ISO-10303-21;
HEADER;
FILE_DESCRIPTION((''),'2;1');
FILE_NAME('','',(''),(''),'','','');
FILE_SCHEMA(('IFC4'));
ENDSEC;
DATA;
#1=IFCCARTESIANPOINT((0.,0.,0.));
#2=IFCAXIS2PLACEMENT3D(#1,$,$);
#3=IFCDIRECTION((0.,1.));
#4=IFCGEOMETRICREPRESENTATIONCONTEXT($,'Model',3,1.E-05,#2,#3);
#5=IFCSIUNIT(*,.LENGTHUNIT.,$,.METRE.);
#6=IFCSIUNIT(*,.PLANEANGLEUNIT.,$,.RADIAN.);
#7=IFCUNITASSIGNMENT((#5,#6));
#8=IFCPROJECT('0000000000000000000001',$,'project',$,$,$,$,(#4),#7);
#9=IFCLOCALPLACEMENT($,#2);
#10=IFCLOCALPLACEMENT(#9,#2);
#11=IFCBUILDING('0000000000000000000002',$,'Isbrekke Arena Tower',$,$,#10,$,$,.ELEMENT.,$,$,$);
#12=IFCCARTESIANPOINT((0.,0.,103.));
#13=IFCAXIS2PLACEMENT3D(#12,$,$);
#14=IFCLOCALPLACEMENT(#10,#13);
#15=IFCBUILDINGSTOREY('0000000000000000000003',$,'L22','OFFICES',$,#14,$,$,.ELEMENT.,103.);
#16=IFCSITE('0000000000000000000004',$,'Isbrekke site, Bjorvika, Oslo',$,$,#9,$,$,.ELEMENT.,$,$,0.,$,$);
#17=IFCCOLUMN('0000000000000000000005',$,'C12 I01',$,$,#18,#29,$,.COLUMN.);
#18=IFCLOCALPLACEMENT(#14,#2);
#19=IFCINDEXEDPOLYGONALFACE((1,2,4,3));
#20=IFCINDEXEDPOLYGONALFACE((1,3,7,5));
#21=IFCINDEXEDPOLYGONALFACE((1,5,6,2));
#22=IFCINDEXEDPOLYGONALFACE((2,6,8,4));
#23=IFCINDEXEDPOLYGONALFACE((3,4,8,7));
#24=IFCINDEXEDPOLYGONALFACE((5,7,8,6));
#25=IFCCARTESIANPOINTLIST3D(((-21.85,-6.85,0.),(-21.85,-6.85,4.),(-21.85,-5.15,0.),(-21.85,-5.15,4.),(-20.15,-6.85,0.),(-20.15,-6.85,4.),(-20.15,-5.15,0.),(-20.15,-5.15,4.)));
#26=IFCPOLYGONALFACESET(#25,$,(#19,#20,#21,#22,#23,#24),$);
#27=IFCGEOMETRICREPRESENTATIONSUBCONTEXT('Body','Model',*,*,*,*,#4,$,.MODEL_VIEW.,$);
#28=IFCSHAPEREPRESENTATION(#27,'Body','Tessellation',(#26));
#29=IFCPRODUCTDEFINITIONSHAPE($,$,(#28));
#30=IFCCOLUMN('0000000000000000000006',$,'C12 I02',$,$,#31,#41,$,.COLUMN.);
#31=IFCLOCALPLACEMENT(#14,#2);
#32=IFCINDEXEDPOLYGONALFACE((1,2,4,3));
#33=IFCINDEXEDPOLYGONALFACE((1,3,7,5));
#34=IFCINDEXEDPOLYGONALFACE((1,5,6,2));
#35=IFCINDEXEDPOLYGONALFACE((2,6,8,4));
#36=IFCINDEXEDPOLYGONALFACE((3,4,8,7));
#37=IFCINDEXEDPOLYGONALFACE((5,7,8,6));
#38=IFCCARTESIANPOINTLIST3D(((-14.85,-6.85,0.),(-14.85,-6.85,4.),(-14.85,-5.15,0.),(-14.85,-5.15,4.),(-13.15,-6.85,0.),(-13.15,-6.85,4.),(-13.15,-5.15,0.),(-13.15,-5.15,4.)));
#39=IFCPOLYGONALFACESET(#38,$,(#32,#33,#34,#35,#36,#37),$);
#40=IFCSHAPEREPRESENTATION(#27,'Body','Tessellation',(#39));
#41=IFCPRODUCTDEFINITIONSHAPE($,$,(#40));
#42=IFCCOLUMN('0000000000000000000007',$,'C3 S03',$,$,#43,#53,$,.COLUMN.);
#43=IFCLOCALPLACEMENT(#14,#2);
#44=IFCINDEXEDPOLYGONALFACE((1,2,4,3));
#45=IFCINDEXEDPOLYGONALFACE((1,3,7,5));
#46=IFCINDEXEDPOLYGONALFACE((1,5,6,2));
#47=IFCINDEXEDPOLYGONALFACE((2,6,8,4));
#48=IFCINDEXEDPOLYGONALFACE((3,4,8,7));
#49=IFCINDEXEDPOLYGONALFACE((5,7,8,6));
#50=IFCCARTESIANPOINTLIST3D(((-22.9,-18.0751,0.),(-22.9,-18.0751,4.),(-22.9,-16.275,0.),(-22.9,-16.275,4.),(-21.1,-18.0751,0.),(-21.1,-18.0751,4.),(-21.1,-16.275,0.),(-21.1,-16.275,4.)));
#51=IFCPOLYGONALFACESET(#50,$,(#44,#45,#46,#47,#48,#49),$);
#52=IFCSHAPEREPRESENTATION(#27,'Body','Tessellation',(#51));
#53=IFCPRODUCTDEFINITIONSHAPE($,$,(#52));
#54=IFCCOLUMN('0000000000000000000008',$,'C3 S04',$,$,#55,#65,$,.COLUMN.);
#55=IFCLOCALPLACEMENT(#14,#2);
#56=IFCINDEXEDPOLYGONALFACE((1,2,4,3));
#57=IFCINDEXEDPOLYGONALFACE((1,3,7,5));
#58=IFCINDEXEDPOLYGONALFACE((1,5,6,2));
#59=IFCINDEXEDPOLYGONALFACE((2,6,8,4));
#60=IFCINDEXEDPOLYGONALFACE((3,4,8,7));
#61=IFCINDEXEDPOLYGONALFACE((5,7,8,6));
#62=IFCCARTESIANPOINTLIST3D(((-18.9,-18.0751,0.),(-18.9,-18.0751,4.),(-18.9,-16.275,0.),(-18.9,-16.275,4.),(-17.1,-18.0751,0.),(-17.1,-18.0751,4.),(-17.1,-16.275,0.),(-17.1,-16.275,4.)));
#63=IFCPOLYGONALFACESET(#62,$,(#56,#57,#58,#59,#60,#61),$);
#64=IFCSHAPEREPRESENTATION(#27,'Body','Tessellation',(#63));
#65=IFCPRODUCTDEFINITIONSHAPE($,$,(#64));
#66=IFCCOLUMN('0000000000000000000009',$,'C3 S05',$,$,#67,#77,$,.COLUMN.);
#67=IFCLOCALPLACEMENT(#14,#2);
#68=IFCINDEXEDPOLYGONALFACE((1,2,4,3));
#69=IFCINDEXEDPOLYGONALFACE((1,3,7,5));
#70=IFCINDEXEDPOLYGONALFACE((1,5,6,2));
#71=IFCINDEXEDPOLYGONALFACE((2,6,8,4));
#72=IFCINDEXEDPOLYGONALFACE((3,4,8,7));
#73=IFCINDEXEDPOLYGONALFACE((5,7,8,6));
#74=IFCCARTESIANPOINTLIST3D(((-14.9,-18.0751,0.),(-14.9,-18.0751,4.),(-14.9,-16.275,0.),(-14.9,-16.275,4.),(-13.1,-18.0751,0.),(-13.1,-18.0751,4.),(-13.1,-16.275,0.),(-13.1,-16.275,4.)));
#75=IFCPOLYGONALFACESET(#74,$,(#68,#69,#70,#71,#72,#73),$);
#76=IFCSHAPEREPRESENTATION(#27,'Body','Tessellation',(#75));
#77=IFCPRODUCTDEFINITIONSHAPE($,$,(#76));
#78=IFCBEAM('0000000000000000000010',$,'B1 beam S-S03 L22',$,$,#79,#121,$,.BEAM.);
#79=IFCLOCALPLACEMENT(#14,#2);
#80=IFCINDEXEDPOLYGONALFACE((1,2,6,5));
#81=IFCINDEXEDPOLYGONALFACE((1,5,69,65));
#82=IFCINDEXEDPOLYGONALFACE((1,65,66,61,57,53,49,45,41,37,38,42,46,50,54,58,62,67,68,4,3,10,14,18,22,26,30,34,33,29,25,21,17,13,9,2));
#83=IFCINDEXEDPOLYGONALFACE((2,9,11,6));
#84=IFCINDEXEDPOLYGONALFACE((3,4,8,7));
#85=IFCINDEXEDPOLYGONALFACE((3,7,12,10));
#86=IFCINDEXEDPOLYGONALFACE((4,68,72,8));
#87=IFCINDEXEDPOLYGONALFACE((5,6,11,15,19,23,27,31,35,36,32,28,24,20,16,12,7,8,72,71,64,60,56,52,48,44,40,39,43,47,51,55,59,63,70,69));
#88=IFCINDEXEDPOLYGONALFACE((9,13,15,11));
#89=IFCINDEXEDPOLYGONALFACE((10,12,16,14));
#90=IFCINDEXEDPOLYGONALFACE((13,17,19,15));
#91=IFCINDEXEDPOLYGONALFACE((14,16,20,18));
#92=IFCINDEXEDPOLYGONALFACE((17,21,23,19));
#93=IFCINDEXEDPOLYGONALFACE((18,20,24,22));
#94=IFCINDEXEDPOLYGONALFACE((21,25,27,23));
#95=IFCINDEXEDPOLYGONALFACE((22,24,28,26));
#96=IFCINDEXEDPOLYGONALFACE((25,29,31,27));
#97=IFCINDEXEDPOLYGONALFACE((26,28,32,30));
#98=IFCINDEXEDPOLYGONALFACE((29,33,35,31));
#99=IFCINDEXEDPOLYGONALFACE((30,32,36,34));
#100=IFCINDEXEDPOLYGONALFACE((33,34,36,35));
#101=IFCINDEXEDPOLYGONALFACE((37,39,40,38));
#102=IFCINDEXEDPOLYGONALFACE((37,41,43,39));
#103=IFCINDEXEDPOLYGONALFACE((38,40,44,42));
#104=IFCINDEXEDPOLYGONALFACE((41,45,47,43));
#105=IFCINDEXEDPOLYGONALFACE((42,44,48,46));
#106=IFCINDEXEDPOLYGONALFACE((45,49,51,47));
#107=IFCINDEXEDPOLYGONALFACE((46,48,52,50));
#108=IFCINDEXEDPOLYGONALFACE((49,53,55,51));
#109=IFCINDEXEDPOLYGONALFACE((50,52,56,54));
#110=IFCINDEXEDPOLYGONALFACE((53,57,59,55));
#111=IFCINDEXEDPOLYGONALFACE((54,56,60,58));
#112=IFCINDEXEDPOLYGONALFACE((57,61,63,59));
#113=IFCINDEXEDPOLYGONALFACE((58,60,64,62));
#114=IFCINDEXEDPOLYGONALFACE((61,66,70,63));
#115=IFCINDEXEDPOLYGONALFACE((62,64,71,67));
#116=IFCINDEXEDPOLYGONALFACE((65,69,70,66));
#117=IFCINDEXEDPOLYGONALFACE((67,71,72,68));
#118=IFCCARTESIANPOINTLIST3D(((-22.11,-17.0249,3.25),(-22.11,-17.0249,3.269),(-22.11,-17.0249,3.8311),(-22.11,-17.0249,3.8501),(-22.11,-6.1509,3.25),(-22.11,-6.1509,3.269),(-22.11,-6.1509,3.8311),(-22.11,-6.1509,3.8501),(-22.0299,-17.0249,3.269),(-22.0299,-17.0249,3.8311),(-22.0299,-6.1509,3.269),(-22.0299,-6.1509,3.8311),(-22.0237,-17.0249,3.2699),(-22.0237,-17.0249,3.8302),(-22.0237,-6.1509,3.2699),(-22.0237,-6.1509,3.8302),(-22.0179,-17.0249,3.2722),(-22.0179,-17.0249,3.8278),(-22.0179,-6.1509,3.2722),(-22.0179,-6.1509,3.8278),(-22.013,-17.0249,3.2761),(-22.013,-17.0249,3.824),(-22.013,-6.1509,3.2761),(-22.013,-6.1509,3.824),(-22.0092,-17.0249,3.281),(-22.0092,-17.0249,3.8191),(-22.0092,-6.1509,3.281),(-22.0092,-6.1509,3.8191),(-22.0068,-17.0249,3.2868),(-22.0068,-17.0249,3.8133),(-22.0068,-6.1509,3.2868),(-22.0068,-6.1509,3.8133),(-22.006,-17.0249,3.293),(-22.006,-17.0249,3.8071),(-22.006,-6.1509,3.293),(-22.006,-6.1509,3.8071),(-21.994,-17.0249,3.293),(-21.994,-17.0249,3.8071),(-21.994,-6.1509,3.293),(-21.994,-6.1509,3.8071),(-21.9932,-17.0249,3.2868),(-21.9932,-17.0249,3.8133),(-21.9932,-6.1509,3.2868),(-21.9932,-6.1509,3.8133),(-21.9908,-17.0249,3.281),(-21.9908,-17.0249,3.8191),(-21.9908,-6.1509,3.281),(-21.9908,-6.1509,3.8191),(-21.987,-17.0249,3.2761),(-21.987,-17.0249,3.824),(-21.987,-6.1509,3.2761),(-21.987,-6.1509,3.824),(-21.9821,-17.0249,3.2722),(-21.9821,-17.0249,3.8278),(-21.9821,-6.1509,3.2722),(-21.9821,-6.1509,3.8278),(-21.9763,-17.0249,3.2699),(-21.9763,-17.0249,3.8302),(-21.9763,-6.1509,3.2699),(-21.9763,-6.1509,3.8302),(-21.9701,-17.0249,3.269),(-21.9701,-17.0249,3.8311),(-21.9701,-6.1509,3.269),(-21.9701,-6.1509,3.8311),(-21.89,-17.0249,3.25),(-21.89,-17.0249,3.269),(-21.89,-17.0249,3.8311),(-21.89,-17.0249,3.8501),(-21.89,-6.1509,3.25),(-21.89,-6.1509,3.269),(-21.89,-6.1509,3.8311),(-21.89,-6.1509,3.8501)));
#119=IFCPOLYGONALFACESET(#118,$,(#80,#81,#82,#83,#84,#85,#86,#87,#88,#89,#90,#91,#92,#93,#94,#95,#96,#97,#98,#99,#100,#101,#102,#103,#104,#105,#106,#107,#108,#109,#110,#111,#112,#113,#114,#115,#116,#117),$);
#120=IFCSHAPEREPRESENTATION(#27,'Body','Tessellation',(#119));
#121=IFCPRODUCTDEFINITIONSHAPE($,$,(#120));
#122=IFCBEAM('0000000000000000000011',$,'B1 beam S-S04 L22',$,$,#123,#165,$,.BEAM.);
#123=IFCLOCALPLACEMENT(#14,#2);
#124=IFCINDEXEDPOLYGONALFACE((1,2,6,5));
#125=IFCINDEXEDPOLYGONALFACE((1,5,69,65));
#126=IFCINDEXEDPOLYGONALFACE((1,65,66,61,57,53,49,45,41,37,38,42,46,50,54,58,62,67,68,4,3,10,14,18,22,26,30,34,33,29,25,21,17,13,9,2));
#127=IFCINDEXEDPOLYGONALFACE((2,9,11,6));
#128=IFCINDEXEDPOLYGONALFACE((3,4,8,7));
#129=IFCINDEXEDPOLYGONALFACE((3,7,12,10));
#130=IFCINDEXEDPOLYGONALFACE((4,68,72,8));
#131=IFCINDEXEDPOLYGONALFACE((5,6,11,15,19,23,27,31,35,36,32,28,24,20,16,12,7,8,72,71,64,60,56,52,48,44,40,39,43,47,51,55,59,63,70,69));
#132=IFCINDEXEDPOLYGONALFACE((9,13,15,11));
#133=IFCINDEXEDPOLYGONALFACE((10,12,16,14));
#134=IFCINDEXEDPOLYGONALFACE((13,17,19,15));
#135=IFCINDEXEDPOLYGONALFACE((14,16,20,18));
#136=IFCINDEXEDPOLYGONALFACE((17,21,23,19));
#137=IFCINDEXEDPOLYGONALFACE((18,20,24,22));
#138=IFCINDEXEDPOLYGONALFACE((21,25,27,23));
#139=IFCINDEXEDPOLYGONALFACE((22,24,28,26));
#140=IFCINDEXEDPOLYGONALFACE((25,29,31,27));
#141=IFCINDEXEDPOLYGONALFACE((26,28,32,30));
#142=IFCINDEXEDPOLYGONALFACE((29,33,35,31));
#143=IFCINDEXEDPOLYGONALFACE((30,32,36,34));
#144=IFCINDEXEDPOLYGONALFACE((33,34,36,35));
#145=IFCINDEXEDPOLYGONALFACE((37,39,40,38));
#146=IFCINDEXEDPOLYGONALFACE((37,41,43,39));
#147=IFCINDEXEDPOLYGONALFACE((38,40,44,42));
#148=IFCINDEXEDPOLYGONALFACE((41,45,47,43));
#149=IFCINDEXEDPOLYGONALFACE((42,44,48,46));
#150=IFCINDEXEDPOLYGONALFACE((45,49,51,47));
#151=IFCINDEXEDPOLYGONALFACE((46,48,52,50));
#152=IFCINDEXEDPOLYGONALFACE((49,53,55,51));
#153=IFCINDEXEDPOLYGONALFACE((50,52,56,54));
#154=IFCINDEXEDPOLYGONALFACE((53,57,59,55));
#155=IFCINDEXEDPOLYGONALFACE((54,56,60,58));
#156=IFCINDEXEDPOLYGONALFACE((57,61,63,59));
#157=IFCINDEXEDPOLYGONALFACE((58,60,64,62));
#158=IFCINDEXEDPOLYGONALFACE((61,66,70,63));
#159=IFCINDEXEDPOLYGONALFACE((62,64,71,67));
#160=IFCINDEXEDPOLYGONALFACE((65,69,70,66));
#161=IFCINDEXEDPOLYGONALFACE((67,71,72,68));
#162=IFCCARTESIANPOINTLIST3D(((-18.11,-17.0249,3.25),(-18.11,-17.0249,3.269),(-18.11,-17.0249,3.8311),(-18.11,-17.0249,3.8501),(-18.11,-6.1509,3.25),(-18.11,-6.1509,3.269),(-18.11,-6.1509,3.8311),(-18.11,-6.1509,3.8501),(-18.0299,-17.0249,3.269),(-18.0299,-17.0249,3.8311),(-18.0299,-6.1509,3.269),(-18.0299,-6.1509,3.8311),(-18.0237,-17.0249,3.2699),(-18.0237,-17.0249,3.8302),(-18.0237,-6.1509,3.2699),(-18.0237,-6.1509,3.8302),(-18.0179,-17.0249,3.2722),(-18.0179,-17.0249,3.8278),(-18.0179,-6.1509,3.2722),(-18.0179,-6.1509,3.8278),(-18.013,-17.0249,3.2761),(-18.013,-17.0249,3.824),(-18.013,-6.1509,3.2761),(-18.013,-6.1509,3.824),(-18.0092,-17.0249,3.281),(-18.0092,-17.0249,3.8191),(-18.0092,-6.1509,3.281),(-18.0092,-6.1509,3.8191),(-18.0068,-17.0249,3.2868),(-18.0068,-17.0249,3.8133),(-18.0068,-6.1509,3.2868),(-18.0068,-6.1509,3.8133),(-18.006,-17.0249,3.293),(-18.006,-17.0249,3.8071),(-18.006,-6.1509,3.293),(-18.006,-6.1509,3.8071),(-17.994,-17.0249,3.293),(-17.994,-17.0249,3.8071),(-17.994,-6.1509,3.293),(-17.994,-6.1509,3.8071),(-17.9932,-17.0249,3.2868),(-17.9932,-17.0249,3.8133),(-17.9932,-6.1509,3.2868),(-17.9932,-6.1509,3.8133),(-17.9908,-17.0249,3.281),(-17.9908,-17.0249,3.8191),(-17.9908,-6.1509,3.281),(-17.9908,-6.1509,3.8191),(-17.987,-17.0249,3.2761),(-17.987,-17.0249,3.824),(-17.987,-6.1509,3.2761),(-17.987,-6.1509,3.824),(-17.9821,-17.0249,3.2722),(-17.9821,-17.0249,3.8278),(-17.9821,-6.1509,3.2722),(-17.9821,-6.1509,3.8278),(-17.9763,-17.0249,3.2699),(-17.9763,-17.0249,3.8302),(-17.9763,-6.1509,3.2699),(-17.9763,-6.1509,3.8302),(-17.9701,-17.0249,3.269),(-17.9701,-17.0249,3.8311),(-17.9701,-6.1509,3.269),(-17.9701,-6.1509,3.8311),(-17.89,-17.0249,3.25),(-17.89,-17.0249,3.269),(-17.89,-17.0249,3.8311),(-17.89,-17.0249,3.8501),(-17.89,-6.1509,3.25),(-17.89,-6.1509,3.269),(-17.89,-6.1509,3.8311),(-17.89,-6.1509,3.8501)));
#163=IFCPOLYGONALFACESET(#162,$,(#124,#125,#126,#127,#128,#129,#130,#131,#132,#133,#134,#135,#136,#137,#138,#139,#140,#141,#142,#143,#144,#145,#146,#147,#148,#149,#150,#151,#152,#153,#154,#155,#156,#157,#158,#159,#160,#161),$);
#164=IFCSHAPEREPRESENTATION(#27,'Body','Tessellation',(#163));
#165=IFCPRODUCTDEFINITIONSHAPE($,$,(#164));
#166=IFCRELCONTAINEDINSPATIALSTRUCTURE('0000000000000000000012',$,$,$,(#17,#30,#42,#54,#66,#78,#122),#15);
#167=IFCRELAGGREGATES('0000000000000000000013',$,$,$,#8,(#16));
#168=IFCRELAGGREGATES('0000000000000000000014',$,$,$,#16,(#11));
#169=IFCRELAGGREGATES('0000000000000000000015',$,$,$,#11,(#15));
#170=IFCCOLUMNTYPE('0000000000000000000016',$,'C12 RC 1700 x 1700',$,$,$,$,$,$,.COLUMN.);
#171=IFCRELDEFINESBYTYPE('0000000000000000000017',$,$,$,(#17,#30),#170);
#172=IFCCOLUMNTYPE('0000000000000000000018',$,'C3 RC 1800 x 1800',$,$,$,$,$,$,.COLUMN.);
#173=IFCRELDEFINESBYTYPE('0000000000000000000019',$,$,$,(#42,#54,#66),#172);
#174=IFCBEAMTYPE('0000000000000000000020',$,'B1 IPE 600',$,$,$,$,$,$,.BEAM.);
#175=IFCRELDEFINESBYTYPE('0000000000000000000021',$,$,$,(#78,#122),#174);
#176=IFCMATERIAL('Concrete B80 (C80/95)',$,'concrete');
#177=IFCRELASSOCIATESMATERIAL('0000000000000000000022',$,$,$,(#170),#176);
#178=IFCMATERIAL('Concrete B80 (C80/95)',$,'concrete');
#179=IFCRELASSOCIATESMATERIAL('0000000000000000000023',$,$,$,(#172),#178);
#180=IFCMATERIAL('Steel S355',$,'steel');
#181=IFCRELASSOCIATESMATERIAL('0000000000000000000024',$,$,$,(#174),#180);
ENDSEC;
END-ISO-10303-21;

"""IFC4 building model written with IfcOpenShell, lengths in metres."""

from ifc_helpers import new_model, si_unit, direction, frame, origin, origin_2d, place, context, subcontext, project, spatial, rectangle, i_section, extrude, material, material_profile, profile_set, type_object, element, save


model = new_model("IFC4")

# Units and contexts
model_context = context("Model", 3, precision=1e-05, world=origin(), true_north=direction((0.0, 1.0)))
body_context = subcontext(model_context, "Body", "Model", "MODEL_VIEW")
ifc_project = project(units=[si_unit("LENGTHUNIT", "METRE"), si_unit("PLANEANGLEUNIT", "RADIAN")], contexts=[model_context])

# Site, building, storey
site_placement = place(None, origin())
site = spatial("IfcSite", under=ifc_project, at=site_placement, Name="Isbrekke site, Bjorvika, Oslo", CompositionType="ELEMENT", RefElevation=0.0)
building_placement = place(site_placement, origin())
building = spatial("IfcBuilding", under=site, at=building_placement, Name="Isbrekke Arena Tower", CompositionType="ELEMENT")
storey_placement = place(building_placement, frame((0.0, 0.0, 103.0)))
storey = spatial("IfcBuildingStorey", under=building, at=storey_placement, Name="L22", Description="OFFICES", CompositionType="ELEMENT", Elevation=103.0)

# Columns
ifc_material_1 = material(Name="Concrete B80 (C80/95)", Category="concrete")
ifc_material_profile_1 = material_profile(ifc_material_1, rectangle(XDim=1.7, YDim=1.7, at=origin_2d()), Name="RC 1700x1700")
ifc_profile_set_1 = profile_set([ifc_material_profile_1], Name="Concrete B80 (C80/95)")
column_type_1 = type_object("IfcColumnType", Name="C12 RC 1700 x 1700", PredefinedType="COLUMN", material=ifc_profile_set_1)
for number, where, z_axis, x_axis, name in (
    (1, (-21.0, -6.0, 0.0), (0.0, 0.0, 1.0), (1.0, 0.0, 0.0), "C12 I01"),
    (2, (-14.0, -6.0, 0.0), (0.0, 0.0, 1.0), (1.0, 0.0, 0.0), "C12 I02"),
):
    element("IfcColumn", number, at=place(storey_placement, frame(where, z_axis=z_axis, x_axis=x_axis)), inside=storey, type_object=column_type_1, Name=name, PredefinedType="COLUMN", context=body_context, shape_type="SweptSolid", body=[
        extrude(rectangle(XDim=1.7, YDim=1.7, at=origin_2d()), origin(), (0.0, 0.0, 1.0), 4.0),
    ])
ifc_material_2 = material(Name="Concrete B80 (C80/95)", Category="concrete")
ifc_material_profile_2 = material_profile(ifc_material_2, rectangle(XDim=1.8, YDim=1.8, at=origin_2d()), Name="RC 1800x1800")
ifc_profile_set_2 = profile_set([ifc_material_profile_2], Name="Concrete B80 (C80/95)")
column_type_2 = type_object("IfcColumnType", Name="C3 RC 1800 x 1800", PredefinedType="COLUMN", material=ifc_profile_set_2)
for number, where, z_axis, x_axis, name in (
    (3, (-22.0, -17.175, 0.0), (0.0, 0.0, 1.0), (1.0, 0.0, 0.0), "C3 S03"),
    (4, (-18.0, -17.175, 0.0), (0.0, 0.0, 1.0), (1.0, 0.0, 0.0), "C3 S04"),
    (5, (-14.0, -17.175, 0.0), (0.0, 0.0, 1.0), (1.0, 0.0, 0.0), "C3 S05"),
):
    element("IfcColumn", number, at=place(storey_placement, frame(where, z_axis=z_axis, x_axis=x_axis)), inside=storey, type_object=column_type_2, Name=name, PredefinedType="COLUMN", context=body_context, shape_type="SweptSolid", body=[
        extrude(rectangle(XDim=1.8, YDim=1.8, at=origin_2d()), origin(), (0.0, 0.0, 1.0), 4.0),
    ])

# Beams
ifc_material_3 = material(Name="Steel S355", Category="steel")
ifc_material_profile_3 = material_profile(ifc_material_3, i_section(OverallWidth=0.22, OverallDepth=0.6001, WebThickness=0.012, FlangeThickness=0.019, FilletRadius=0.0239, at=origin_2d()), Name="IPE 600")
ifc_profile_set_3 = profile_set([ifc_material_profile_3], Name="Steel S355")
beam_type_1 = type_object("IfcBeamType", Name="B1 IPE 600", PredefinedType="BEAM", material=ifc_profile_set_3)
for number, where, z_axis, x_axis, name in (
    (6, (-22.0, -17.0249, 3.55), (0.0, 1.0, 0.0), (-1.0, 0.0, 0.0), "B1 beam S-S03 L22"),
    (7, (-18.0, -17.0249, 3.55), (0.0, 1.0, 0.0), (-1.0, 0.0, 0.0), "B1 beam S-S04 L22"),
):
    element("IfcBeam", number, at=place(storey_placement, frame(where, z_axis=z_axis, x_axis=x_axis)), inside=storey, type_object=beam_type_1, Name=name, PredefinedType="BEAM", context=body_context, shape_type="SweptSolid", body=[
        extrude(i_section(OverallWidth=0.22, OverallDepth=0.6001, WebThickness=0.012, FlangeThickness=0.019, FilletRadius=0.0239, at=origin_2d()), origin(), (0.0, 0.0, 1.0), 10.874),
    ])

save(model, "model.ifc")
